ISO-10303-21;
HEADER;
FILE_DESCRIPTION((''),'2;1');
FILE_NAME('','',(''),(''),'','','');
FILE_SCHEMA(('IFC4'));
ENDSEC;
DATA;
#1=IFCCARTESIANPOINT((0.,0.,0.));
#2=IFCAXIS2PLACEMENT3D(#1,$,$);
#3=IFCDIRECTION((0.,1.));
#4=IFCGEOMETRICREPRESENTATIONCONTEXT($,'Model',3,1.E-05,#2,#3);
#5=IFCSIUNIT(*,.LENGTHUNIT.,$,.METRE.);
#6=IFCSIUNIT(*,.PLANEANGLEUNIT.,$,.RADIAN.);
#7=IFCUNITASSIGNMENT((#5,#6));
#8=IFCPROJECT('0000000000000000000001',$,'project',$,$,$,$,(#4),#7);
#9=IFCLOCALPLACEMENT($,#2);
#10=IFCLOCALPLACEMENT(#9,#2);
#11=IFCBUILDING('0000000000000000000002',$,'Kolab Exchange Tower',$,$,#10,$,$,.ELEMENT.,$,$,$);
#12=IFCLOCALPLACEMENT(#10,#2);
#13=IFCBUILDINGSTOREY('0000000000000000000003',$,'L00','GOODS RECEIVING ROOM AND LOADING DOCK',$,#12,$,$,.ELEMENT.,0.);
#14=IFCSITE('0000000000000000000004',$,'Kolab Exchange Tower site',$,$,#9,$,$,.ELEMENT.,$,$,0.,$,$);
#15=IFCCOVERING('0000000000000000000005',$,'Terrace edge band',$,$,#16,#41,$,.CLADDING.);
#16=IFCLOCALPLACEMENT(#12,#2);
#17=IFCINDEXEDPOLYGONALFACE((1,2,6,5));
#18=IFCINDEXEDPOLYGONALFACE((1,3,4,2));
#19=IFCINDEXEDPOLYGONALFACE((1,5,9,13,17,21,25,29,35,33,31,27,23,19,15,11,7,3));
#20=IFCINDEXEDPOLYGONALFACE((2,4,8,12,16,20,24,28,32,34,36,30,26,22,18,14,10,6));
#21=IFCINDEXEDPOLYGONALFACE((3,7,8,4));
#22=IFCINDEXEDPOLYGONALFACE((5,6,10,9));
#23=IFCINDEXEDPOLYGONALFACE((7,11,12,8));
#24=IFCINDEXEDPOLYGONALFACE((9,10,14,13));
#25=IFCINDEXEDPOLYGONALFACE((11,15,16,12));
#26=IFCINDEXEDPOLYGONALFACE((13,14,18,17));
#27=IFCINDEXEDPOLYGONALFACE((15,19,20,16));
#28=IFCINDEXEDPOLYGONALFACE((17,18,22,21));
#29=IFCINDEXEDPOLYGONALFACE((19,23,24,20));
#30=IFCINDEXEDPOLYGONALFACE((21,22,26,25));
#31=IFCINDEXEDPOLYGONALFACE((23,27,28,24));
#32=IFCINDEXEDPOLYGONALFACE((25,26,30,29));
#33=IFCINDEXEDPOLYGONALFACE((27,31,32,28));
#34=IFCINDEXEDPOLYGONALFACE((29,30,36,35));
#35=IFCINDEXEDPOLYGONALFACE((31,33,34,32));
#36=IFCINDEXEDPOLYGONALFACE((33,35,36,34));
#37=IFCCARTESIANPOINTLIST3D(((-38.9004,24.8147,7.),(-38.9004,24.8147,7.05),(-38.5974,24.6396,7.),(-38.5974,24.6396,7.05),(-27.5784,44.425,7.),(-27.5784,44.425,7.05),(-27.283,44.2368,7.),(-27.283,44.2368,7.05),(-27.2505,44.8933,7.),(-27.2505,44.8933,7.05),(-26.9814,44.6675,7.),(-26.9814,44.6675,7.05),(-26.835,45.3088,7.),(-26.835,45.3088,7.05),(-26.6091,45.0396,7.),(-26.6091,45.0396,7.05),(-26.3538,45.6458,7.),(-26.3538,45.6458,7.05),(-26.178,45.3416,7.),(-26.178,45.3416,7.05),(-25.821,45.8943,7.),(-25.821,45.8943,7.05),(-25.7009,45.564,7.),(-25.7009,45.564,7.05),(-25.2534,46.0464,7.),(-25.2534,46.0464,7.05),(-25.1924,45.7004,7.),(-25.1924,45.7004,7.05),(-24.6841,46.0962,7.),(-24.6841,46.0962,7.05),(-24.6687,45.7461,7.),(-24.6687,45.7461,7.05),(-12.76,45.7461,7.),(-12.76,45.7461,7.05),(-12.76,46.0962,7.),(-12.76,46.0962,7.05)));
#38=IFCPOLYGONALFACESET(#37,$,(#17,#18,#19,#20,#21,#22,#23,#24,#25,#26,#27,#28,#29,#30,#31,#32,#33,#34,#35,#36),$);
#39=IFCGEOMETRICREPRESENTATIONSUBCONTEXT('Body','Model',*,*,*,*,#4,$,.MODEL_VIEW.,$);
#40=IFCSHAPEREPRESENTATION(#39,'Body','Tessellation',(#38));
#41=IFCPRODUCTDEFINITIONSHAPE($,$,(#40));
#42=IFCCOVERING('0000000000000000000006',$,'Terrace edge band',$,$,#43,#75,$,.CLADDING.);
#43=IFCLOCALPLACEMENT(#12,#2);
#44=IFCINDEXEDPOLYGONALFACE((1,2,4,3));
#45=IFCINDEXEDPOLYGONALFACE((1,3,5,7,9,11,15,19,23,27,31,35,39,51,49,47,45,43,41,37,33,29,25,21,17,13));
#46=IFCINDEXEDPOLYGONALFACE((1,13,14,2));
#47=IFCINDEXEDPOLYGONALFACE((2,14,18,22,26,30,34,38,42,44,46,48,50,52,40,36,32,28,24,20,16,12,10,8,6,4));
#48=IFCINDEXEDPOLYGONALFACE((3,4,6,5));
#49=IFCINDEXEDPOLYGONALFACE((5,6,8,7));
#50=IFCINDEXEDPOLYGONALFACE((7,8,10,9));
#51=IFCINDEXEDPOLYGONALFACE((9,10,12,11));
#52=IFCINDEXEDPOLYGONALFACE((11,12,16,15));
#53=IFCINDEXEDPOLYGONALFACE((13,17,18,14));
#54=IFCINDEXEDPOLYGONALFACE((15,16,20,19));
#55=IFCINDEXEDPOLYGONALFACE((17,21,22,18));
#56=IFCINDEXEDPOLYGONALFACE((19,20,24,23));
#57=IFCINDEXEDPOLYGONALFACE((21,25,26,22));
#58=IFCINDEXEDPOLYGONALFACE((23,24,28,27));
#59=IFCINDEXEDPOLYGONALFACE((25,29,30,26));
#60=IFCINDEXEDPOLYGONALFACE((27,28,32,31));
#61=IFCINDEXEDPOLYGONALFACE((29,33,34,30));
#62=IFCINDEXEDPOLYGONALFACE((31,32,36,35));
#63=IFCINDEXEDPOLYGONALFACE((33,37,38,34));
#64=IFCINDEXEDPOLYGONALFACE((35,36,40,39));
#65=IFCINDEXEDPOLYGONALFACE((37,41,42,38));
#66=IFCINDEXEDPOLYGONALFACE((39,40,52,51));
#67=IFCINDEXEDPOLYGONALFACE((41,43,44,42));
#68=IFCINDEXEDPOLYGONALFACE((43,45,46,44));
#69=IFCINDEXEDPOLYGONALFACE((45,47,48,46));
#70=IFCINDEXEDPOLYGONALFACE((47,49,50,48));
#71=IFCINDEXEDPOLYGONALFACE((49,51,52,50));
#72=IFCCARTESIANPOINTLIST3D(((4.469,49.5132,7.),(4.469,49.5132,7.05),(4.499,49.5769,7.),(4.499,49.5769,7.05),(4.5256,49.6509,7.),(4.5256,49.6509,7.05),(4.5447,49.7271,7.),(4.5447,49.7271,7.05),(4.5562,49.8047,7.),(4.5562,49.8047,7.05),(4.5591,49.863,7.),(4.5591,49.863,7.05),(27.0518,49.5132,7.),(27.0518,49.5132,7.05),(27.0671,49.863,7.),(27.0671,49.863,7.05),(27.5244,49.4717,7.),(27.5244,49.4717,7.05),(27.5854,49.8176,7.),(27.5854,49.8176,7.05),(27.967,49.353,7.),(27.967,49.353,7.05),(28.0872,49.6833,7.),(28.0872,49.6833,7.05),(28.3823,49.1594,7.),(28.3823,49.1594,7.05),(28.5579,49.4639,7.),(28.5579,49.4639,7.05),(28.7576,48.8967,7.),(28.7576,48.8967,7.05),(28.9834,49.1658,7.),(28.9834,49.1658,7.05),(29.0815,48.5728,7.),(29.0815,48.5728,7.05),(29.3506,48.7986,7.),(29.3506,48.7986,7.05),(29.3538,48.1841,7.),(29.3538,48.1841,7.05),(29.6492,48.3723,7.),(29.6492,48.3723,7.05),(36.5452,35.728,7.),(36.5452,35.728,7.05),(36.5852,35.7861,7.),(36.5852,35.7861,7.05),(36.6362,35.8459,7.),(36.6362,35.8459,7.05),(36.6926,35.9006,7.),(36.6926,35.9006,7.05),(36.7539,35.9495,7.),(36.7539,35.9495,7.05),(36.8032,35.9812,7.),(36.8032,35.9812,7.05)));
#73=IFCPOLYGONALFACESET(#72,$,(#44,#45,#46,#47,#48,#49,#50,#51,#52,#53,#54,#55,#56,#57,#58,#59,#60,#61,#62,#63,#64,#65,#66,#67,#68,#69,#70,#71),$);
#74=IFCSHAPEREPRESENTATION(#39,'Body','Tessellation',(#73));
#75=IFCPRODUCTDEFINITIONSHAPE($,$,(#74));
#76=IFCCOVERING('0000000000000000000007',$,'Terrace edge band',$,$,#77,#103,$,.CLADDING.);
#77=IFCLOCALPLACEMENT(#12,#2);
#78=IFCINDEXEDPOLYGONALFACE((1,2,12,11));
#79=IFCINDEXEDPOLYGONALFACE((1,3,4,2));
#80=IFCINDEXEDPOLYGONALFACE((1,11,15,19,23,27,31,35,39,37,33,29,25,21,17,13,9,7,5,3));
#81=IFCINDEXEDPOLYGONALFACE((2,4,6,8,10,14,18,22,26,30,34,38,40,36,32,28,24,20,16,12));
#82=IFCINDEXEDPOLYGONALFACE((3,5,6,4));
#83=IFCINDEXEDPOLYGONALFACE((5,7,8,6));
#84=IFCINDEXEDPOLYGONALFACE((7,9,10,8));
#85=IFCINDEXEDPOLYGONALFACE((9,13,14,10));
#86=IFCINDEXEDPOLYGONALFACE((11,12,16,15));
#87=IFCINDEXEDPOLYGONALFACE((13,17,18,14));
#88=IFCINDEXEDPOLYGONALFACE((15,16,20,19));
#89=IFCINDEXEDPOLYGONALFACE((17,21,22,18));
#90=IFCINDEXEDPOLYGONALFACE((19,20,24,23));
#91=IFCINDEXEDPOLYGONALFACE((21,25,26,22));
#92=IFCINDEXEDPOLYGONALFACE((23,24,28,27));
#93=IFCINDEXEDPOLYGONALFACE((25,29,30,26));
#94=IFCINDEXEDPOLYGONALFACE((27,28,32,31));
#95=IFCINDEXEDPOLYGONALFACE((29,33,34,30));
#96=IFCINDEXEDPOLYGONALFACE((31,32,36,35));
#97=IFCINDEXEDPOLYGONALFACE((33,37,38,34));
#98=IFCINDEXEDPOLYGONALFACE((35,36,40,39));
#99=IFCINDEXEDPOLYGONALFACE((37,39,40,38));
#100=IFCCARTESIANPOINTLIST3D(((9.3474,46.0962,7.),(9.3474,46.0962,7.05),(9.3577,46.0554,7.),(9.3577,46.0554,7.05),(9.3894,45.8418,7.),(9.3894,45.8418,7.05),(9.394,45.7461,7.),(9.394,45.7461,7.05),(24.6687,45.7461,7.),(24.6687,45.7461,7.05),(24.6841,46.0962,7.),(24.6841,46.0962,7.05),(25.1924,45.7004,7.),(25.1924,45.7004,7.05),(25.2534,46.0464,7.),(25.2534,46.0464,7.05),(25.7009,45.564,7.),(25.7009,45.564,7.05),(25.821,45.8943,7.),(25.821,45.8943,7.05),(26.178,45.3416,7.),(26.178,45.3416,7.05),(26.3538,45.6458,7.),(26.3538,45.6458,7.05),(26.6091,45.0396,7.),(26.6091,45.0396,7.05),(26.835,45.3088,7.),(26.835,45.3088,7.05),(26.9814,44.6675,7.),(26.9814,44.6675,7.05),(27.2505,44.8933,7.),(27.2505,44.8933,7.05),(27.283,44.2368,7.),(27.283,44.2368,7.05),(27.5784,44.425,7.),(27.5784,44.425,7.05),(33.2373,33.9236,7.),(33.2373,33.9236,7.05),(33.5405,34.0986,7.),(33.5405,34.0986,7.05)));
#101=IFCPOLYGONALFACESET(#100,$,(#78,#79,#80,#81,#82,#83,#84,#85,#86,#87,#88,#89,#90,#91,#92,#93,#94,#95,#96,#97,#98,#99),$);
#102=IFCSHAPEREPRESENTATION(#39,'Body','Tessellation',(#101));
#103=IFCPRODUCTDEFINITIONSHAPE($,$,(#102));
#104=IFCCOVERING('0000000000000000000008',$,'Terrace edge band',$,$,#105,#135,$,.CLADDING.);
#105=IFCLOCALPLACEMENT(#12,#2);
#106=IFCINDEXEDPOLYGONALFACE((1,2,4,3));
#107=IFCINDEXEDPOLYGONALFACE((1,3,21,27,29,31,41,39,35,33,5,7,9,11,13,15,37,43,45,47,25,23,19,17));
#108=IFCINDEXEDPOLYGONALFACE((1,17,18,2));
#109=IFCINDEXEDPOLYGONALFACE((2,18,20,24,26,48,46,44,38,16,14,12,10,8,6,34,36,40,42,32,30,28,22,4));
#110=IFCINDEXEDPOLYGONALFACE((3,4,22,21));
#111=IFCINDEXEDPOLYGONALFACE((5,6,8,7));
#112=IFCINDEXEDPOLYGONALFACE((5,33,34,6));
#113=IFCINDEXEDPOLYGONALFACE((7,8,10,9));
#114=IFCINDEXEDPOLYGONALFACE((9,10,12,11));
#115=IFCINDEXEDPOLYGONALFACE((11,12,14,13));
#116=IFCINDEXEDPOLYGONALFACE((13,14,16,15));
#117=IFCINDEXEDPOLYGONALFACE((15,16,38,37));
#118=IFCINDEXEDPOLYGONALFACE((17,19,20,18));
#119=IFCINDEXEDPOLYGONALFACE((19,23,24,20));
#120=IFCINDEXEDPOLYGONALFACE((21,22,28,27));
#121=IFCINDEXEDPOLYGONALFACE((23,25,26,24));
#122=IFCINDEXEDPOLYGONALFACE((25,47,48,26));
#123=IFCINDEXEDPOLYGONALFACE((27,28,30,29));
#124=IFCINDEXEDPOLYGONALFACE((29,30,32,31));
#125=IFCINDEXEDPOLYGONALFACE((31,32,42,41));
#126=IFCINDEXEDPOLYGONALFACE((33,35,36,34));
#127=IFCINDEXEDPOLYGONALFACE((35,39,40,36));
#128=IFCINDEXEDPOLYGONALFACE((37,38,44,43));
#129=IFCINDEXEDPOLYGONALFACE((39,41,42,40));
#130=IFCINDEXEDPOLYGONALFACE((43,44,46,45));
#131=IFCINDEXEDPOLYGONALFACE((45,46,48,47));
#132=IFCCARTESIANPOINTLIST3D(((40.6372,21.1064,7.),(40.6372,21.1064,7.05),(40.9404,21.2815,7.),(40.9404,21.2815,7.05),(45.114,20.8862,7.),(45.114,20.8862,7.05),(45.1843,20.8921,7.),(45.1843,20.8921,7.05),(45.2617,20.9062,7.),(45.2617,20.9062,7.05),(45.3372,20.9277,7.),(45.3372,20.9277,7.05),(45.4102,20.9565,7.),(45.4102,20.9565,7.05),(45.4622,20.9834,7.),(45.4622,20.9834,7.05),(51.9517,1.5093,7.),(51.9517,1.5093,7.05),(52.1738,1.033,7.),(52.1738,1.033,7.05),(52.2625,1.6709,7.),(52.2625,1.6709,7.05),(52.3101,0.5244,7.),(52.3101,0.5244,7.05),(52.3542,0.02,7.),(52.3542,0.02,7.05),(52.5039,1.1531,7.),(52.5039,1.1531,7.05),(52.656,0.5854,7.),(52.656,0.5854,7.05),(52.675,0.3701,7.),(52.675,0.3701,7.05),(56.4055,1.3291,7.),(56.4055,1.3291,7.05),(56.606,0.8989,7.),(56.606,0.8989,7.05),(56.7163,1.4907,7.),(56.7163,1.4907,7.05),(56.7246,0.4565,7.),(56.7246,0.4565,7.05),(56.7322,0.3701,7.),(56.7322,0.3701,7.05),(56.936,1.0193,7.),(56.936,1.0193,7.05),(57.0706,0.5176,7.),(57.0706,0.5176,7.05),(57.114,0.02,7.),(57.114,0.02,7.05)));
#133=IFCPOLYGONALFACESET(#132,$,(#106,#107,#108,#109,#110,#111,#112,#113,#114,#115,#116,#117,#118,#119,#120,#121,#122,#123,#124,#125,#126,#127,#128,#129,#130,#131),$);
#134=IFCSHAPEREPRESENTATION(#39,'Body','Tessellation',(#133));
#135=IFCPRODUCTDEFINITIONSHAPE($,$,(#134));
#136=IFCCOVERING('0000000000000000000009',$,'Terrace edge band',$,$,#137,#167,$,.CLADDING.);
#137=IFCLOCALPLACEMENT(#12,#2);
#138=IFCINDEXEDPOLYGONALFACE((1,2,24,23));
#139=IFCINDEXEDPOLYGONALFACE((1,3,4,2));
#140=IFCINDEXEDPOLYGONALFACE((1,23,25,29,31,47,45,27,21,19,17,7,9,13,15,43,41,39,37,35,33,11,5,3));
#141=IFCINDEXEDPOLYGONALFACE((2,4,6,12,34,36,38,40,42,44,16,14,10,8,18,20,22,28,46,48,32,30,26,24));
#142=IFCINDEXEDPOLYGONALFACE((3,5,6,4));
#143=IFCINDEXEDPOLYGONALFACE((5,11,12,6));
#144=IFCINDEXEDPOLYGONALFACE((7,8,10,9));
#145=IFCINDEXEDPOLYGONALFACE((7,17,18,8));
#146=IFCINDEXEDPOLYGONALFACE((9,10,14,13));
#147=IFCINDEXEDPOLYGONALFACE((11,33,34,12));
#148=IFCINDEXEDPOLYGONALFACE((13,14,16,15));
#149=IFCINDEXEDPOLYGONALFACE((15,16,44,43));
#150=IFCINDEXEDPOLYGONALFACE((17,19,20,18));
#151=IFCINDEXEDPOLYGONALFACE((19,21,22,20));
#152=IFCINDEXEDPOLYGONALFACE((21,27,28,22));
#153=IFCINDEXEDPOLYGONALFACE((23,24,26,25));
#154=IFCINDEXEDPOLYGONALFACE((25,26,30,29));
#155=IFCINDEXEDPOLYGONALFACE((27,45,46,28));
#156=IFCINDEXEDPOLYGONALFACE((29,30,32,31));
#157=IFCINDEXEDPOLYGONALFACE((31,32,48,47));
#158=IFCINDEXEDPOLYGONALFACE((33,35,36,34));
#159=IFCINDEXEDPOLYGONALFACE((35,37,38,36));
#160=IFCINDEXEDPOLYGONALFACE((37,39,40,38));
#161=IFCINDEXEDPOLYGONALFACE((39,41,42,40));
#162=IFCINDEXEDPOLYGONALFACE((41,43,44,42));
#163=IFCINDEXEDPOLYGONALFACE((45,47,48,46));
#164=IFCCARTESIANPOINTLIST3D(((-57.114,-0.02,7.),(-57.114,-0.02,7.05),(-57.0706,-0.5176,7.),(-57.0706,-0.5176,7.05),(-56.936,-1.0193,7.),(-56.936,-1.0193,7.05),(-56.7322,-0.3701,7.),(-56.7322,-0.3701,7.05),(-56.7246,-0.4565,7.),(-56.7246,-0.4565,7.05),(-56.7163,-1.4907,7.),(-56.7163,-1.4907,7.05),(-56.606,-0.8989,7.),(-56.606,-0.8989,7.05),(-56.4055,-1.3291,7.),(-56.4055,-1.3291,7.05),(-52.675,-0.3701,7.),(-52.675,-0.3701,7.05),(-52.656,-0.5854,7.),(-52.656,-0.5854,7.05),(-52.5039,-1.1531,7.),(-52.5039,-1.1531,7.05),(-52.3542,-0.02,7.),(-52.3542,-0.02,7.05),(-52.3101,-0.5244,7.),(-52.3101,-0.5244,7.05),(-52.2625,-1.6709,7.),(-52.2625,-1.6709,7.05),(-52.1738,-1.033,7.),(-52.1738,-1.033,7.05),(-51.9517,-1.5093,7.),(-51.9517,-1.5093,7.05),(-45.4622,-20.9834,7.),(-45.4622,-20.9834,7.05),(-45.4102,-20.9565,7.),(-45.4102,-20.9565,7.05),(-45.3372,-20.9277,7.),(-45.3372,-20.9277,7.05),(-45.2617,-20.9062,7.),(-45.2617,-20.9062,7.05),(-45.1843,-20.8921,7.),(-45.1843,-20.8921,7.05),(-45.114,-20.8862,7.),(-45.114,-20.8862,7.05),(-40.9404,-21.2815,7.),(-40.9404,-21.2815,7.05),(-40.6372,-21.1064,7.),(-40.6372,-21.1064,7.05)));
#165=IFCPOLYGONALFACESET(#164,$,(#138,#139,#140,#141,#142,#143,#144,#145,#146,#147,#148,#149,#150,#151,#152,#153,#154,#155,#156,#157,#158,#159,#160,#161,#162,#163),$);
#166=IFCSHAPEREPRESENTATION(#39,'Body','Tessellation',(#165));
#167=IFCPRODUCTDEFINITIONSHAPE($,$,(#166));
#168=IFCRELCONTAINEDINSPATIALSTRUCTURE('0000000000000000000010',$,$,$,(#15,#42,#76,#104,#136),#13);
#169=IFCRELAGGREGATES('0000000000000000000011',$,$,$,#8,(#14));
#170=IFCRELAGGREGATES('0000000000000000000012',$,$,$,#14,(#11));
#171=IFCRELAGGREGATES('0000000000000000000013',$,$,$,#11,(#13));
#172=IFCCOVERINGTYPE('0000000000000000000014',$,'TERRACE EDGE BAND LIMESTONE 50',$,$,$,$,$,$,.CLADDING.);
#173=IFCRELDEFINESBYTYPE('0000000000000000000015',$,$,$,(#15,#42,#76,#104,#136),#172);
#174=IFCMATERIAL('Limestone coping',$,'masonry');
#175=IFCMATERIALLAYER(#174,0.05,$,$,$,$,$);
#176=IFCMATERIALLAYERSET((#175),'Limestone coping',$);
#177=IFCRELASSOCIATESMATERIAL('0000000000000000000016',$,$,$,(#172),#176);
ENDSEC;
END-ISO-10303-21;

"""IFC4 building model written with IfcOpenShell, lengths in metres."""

from ifc_helpers import new_model, si_unit, direction, frame, origin, place, context, subcontext, project, spatial, polyline, outline, extrude, material, layer, layer_set, type_object, element, save


model = new_model("IFC4")

# Units and contexts
model_context = context("Model", 3, precision=1e-05, world=origin(), true_north=direction((0.0, 1.0)))
body_context = subcontext(model_context, "Body", "Model", "MODEL_VIEW")
ifc_project = project(units=[si_unit("LENGTHUNIT", "METRE"), si_unit("PLANEANGLEUNIT", "RADIAN")], contexts=[model_context])

# Site, building, storey
site_placement = place(None, origin())
site = spatial("IfcSite", under=ifc_project, at=site_placement, Name="Kolab Exchange Tower site", CompositionType="ELEMENT", RefElevation=0.0)
building_placement = place(site_placement, origin())
building = spatial("IfcBuilding", under=site, at=building_placement, Name="Kolab Exchange Tower", CompositionType="ELEMENT")
storey_placement = place(building_placement, origin())
storey = spatial("IfcBuildingStorey", under=building, at=storey_placement, Name="L00", Description="GOODS RECEIVING ROOM AND LOADING DOCK", CompositionType="ELEMENT", Elevation=0.0)

# Coverings
ifc_material_1 = material(Name="Limestone coping", Category="masonry")
ifc_layer_1 = layer(ifc_material_1, 0.05)
ifc_layer_set_1 = layer_set([ifc_layer_1], Name="Limestone coping")
covering_type_1 = type_object("IfcCoveringType", Name="TERRACE EDGE BAND LIMESTONE 50", PredefinedType="CLADDING", material=ifc_layer_set_1)
covering_1_placement = place(storey_placement, frame((0.0, 0.0, 7.0)))
element("IfcCovering", 1, at=covering_1_placement, inside=storey, type_object=covering_type_1, Name="Terrace edge band", PredefinedType="CLADDING", context=body_context, shape_type="SweptSolid", body=[
    extrude(outline(polyline([(-24.6687, 45.7461), (-25.1924, 45.7004), (-25.7009, 45.564), (-26.178, 45.3416), (-26.6091, 45.0396), (-26.9814, 44.6675), (-27.283, 44.2368), (-38.5974, 24.6396), (-38.9004, 24.8147), (-27.5784, 44.425), (-27.2505, 44.8933), (-26.835, 45.3088), (-26.3538, 45.6458), (-25.821, 45.8943), (-25.2534, 46.0464), (-24.6841, 46.0962), (-12.76, 46.0962), (-12.76, 45.7461), (-24.6687, 45.7461)])), origin(), (0.0, 0.0, 1.0), 0.05),
])
covering_2_placement = place(storey_placement, frame((0.0, 0.0, 7.0)))
element("IfcCovering", 2, at=covering_2_placement, inside=storey, type_object=covering_type_1, Name="Terrace edge band", PredefinedType="CLADDING", context=body_context, shape_type="SweptSolid", body=[
    extrude(outline(polyline([(27.0671, 49.863), (27.5854, 49.8176), (28.0872, 49.6833), (28.5579, 49.4639), (28.9834, 49.1658), (29.3506, 48.7986), (29.6492, 48.3723), (36.8032, 35.9812), (36.7539, 35.9495), (36.6926, 35.9006), (36.6362, 35.8459), (36.5852, 35.7861), (36.5452, 35.728), (29.3538, 48.1841), (29.0815, 48.5728), (28.7576, 48.8967), (28.3823, 49.1594), (27.967, 49.353), (27.5244, 49.4717), (27.0518, 49.5132), (4.469, 49.5132), (4.499, 49.5769), (4.5256, 49.6509), (4.5447, 49.7271), (4.5562, 49.8047), (4.5591, 49.863), (27.0671, 49.863)])), origin(), (0.0, 0.0, 1.0), 0.05),
])
covering_3_placement = place(storey_placement, frame((0.0, 0.0, 7.0)))
element("IfcCovering", 3, at=covering_3_placement, inside=storey, type_object=covering_type_1, Name="Terrace edge band", PredefinedType="CLADDING", context=body_context, shape_type="SweptSolid", body=[
    extrude(outline(polyline([(27.283, 44.2368), (26.9814, 44.6675), (26.6091, 45.0396), (26.178, 45.3416), (25.7009, 45.564), (25.1924, 45.7004), (24.6687, 45.7461), (9.394, 45.7461), (9.3894, 45.8418), (9.3577, 46.0554), (9.3474, 46.0962), (24.6841, 46.0962), (25.2534, 46.0464), (25.821, 45.8943), (26.3538, 45.6458), (26.835, 45.3088), (27.2505, 44.8933), (27.5784, 44.425), (33.5405, 34.0986), (33.2373, 33.9236), (27.283, 44.2368)])), origin(), (0.0, 0.0, 1.0), 0.05),
])
covering_4_placement = place(storey_placement, frame((0.0, 0.0, 7.0)))
element("IfcCovering", 4, at=covering_4_placement, inside=storey, type_object=covering_type_1, Name="Terrace edge band", PredefinedType="CLADDING", context=body_context, shape_type="SweptSolid", body=[
    extrude(outline(polyline([(56.7163, 1.4907), (56.936, 1.0193), (57.0706, 0.5176), (57.114, 0.02), (52.3542, 0.02), (52.3101, 0.5244), (52.1738, 1.033), (51.9517, 1.5093), (40.6372, 21.1064), (40.9404, 21.2815), (52.2625, 1.6709), (52.5039, 1.1531), (52.656, 0.5854), (52.675, 0.3701), (56.7322, 0.3701), (56.7246, 0.4565), (56.606, 0.8989), (56.4055, 1.3291), (45.114, 20.8862), (45.1843, 20.8921), (45.2617, 20.9062), (45.3372, 20.9277), (45.4102, 20.9565), (45.4622, 20.9834), (56.7163, 1.4907)])), origin(), (0.0, 0.0, 1.0), 0.05),
])
covering_5_placement = place(storey_placement, frame((0.0, 0.0, 7.0)))
element("IfcCovering", 5, at=covering_5_placement, inside=storey, type_object=covering_type_1, Name="Terrace edge band", PredefinedType="CLADDING", context=body_context, shape_type="SweptSolid", body=[
    extrude(outline(polyline([(-56.7163, -1.4907), (-56.936, -1.0193), (-57.0706, -0.5176), (-57.114, -0.02), (-52.3542, -0.02), (-52.3101, -0.5244), (-52.1738, -1.033), (-51.9517, -1.5093), (-40.6372, -21.1064), (-40.9404, -21.2815), (-52.2625, -1.6709), (-52.5039, -1.1531), (-52.656, -0.5854), (-52.675, -0.3701), (-56.7322, -0.3701), (-56.7246, -0.4565), (-56.606, -0.8989), (-56.4055, -1.3291), (-45.114, -20.8862), (-45.1843, -20.8921), (-45.2617, -20.9062), (-45.3372, -20.9277), (-45.4102, -20.9565), (-45.4622, -20.9834), (-56.7163, -1.4907)])), origin(), (0.0, 0.0, 1.0), 0.05),
])

save(model, "model.ifc")
